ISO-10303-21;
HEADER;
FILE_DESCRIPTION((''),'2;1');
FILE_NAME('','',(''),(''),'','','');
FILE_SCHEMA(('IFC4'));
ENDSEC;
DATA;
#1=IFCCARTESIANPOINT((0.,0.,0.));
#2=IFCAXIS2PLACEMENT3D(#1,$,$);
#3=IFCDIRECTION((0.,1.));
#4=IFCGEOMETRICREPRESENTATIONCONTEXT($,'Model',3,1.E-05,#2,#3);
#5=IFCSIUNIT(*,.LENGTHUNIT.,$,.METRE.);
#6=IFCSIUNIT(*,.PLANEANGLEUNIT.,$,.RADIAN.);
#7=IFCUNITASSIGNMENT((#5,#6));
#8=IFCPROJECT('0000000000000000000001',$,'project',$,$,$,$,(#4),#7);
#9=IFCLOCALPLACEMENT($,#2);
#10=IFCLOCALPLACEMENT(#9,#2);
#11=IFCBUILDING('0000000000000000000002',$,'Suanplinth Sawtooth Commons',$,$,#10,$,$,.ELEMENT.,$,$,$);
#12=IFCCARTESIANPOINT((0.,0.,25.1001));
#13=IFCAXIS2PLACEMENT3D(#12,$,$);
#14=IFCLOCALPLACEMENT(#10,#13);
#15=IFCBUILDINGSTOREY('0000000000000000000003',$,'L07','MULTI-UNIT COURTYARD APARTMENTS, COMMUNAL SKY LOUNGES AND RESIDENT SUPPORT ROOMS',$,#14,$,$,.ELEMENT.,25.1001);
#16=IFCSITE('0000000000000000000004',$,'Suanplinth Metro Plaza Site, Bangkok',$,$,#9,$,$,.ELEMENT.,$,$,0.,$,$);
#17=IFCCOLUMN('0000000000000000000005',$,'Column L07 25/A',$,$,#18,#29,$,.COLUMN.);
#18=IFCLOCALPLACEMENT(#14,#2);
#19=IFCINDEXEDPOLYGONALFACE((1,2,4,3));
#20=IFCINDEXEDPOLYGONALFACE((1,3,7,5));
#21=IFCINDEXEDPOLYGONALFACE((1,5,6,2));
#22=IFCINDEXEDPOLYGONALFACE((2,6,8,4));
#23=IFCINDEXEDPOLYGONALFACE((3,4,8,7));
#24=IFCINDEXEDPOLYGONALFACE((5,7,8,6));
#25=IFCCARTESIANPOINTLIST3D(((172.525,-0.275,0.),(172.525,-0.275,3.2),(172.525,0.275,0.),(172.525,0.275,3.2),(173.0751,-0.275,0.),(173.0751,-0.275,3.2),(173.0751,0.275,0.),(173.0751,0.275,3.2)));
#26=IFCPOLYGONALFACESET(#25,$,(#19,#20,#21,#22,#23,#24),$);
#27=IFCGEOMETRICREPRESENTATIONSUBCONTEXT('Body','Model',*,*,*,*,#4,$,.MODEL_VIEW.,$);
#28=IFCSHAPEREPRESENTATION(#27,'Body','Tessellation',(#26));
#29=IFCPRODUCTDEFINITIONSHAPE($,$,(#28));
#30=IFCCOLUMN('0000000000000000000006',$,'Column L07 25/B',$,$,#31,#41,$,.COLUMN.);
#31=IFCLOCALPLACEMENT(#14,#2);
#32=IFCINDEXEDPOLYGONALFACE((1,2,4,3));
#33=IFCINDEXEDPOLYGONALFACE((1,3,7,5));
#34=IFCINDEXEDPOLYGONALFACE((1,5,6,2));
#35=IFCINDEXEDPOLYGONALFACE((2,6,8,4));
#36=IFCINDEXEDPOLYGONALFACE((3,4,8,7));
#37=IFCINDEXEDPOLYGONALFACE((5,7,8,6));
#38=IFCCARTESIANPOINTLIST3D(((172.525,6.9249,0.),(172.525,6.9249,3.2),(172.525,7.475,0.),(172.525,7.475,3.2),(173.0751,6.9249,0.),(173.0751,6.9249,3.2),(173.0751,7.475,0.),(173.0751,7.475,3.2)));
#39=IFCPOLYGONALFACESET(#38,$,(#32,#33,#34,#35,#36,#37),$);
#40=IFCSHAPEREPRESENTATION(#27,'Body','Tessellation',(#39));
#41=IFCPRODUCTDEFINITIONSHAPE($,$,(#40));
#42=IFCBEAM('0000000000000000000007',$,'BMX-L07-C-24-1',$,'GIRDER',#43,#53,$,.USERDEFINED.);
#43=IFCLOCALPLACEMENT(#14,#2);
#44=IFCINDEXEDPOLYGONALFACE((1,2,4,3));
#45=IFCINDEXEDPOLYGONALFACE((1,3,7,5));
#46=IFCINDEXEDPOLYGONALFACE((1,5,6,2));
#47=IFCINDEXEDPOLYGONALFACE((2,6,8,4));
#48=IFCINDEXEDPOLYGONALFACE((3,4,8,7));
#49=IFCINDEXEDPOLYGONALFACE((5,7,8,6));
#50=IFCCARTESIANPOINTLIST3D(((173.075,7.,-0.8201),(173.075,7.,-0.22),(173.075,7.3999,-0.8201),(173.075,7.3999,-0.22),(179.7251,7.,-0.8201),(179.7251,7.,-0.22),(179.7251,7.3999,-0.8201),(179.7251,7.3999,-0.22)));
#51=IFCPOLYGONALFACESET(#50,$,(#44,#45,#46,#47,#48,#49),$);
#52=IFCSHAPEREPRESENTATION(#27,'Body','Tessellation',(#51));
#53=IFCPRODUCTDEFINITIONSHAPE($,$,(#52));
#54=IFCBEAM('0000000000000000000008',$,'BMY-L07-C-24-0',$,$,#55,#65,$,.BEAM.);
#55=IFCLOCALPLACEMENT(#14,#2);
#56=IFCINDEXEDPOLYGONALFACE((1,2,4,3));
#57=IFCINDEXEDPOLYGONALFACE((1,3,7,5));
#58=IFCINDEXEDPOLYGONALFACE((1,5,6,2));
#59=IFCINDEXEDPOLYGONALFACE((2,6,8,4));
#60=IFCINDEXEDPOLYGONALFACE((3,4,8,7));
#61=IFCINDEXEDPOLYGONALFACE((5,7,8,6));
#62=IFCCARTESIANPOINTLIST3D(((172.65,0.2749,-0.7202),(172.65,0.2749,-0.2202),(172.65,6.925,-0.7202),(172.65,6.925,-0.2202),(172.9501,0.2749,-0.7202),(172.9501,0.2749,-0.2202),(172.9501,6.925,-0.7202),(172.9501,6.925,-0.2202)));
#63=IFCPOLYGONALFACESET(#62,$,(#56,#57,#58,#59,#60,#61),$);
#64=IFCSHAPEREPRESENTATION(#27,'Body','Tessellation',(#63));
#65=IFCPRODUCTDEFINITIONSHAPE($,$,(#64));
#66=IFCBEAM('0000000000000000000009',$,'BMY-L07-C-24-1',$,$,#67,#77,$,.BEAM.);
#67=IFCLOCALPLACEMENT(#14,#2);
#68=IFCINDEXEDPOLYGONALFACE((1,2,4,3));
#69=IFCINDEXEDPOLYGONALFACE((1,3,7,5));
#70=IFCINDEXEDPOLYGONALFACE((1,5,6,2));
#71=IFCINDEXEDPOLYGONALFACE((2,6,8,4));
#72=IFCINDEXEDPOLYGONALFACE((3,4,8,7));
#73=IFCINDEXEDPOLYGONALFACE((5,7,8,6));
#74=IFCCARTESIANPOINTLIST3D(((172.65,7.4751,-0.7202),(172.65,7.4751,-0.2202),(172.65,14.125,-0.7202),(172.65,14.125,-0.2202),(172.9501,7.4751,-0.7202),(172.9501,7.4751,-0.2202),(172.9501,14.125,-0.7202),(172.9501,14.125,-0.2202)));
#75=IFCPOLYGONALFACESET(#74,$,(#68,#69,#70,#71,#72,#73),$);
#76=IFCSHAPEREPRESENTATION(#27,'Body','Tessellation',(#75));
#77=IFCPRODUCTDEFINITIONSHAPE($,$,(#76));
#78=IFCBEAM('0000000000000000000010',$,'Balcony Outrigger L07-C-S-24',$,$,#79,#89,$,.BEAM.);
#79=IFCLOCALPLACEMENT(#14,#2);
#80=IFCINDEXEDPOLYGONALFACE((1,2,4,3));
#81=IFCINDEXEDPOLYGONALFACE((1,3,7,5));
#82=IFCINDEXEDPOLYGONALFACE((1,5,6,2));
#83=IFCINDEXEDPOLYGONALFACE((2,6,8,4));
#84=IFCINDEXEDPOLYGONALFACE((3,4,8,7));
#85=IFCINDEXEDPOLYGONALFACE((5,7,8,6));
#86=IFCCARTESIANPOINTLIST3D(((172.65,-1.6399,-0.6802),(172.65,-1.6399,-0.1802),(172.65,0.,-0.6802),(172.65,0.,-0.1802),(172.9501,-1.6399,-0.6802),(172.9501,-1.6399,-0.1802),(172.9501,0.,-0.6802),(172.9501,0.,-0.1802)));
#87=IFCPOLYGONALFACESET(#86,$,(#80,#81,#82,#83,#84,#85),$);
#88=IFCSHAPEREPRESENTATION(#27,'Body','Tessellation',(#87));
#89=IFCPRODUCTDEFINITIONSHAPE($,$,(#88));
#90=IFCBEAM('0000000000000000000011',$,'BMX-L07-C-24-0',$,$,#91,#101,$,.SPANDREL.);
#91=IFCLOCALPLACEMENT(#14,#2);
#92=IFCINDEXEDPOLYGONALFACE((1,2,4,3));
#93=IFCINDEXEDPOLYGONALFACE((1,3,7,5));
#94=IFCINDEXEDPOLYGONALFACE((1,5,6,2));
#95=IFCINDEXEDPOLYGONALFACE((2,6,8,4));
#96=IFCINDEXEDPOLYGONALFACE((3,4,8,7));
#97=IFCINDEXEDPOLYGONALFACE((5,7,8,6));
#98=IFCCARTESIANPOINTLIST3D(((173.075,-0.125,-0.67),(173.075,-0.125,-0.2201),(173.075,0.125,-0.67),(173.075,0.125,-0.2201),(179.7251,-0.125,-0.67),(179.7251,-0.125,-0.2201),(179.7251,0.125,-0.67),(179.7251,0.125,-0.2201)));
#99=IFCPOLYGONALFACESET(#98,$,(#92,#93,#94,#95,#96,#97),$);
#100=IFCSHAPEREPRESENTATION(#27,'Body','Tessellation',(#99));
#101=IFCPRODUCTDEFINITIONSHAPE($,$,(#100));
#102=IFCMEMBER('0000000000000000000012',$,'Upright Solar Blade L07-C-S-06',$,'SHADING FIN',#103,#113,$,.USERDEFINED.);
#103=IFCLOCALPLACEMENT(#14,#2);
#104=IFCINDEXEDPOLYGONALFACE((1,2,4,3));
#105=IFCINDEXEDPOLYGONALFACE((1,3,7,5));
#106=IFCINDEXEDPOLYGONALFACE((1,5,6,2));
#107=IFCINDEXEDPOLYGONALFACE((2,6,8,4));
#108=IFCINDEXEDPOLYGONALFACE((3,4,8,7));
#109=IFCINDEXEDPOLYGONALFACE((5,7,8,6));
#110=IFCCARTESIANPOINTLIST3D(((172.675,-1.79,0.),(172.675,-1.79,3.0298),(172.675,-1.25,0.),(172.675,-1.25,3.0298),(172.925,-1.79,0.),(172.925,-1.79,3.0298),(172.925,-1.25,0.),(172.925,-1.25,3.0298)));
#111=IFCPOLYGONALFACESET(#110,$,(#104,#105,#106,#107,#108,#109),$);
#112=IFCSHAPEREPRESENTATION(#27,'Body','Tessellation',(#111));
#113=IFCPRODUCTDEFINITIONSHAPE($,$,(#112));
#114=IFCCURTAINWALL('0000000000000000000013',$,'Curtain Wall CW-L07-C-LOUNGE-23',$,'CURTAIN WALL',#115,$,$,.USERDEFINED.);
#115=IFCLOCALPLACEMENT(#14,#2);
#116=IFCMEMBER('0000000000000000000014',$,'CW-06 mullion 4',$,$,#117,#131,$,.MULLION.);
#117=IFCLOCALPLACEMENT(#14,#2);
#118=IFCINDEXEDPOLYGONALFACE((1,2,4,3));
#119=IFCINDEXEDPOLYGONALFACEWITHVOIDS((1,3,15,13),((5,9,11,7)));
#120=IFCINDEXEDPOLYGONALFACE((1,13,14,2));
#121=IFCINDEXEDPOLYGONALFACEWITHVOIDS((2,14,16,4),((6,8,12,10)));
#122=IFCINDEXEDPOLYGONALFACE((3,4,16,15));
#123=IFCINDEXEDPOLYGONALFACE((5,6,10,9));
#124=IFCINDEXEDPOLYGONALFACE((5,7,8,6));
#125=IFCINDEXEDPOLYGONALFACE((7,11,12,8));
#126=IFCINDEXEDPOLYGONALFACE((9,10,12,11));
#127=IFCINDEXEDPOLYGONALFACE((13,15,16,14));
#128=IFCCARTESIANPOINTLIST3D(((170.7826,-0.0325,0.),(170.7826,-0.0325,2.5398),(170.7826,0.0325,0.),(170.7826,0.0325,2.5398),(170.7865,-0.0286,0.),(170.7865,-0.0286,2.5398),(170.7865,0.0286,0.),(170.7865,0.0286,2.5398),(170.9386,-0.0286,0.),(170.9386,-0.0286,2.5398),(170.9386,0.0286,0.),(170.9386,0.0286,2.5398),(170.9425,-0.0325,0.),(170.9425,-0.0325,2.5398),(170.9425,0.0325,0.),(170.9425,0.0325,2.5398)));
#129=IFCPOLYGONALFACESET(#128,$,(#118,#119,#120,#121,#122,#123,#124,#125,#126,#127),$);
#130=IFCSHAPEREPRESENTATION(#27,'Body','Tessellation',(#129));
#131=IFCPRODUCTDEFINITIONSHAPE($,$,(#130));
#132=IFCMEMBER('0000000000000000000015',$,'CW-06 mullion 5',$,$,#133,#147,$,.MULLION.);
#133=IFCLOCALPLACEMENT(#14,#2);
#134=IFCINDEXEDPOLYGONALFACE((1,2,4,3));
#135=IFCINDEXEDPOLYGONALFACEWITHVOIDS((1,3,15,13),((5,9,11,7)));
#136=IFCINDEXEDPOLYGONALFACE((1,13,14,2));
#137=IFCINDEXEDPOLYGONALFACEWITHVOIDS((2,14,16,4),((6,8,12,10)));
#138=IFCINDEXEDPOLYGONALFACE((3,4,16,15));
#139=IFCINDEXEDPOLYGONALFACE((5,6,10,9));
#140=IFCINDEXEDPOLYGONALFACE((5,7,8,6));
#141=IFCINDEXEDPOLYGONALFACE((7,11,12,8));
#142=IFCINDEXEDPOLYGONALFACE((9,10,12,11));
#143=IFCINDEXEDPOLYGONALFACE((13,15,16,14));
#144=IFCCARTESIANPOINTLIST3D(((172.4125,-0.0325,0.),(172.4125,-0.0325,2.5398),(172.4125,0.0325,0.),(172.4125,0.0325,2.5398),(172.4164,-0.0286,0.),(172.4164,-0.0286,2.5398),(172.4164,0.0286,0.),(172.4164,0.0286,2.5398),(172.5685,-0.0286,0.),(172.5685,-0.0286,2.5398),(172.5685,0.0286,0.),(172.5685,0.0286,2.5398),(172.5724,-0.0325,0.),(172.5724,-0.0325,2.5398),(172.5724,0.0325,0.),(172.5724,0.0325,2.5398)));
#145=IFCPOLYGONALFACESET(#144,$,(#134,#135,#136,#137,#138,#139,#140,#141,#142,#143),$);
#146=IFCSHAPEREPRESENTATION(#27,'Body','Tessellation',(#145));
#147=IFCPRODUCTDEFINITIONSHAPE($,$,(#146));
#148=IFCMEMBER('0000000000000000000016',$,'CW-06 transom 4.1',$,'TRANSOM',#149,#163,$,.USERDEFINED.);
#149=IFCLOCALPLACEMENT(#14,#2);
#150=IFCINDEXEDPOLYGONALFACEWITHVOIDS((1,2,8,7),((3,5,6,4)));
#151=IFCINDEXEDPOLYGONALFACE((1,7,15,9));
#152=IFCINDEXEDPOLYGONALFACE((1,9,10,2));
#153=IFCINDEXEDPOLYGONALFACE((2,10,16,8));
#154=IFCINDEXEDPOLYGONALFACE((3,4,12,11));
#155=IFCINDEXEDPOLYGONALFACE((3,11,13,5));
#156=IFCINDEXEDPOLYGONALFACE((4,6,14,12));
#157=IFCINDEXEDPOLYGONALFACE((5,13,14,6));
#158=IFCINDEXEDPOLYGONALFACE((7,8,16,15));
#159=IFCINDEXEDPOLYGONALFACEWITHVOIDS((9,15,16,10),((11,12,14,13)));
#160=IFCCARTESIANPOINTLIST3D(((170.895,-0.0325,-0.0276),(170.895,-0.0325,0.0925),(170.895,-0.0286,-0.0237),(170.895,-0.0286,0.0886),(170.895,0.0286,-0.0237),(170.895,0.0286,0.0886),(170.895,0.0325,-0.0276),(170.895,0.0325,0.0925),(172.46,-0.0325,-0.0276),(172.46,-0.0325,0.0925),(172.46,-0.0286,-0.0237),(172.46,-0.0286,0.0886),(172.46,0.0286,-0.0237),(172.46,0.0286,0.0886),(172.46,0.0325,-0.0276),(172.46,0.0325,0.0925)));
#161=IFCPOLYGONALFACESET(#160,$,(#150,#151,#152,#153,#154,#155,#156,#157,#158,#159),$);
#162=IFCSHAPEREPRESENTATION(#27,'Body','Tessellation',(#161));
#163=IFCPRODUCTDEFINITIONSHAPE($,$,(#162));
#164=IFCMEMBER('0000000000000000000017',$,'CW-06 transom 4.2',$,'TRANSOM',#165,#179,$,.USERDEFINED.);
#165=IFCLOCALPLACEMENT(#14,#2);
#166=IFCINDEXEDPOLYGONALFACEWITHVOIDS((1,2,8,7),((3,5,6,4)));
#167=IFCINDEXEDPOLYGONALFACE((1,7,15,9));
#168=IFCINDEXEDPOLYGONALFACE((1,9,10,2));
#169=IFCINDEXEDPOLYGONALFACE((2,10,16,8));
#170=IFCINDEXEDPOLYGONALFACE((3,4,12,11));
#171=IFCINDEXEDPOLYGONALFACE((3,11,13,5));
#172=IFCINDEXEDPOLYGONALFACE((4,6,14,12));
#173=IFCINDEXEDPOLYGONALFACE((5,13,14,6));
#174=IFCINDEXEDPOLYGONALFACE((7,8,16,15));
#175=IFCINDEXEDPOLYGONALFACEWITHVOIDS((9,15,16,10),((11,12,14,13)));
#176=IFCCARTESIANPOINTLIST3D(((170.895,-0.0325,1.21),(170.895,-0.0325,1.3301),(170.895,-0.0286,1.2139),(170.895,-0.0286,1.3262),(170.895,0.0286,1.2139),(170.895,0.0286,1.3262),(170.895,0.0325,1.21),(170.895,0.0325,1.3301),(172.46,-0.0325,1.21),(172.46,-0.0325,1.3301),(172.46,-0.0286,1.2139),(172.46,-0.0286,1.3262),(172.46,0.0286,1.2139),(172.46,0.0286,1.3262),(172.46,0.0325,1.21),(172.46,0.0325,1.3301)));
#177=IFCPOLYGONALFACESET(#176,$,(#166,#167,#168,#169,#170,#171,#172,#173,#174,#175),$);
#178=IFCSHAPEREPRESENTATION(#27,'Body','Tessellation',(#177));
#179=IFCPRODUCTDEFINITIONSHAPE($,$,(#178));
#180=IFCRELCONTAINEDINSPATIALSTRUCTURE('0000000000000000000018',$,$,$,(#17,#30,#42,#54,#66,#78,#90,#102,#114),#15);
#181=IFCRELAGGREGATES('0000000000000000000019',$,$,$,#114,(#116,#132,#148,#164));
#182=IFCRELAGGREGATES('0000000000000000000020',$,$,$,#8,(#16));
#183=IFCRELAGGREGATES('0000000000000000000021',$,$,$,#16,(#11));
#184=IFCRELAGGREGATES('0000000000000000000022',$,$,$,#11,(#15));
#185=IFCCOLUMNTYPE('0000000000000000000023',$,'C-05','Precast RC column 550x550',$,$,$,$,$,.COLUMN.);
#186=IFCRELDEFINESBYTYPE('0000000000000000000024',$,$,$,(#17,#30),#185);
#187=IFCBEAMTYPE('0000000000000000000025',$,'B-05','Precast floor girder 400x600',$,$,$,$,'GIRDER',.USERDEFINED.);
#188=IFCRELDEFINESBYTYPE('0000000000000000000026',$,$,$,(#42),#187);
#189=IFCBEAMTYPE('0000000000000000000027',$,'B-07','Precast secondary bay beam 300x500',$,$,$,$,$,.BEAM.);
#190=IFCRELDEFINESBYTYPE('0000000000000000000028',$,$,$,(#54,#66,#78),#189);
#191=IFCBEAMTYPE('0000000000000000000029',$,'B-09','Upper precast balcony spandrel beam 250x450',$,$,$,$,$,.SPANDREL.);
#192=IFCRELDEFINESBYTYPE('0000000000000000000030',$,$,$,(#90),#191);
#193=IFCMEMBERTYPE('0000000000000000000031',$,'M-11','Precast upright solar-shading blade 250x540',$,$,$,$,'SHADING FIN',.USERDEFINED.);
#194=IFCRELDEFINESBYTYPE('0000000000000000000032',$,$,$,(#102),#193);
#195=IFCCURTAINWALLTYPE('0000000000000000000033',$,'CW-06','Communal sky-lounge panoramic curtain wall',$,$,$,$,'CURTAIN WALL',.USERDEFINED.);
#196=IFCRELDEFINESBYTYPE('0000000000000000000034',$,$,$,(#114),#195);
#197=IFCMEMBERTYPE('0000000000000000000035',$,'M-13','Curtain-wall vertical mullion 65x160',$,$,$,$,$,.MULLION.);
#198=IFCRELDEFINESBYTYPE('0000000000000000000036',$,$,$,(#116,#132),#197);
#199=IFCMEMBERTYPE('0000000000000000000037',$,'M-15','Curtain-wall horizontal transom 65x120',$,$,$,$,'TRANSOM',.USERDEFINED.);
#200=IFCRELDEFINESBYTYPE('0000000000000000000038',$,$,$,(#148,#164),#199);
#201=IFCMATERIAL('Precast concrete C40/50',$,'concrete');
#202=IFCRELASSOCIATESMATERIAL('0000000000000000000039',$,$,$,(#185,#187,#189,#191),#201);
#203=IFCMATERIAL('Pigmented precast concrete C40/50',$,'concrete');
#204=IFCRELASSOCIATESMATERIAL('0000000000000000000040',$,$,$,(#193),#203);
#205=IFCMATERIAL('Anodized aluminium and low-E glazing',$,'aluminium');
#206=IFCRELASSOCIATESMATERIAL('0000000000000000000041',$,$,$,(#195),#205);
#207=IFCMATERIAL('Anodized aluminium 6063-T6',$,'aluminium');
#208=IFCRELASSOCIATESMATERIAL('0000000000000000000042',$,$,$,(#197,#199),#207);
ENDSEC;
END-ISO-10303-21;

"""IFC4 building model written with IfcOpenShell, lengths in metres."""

from ifc_helpers import new_model, si_unit, direction, frame, origin, origin_2d, place, context, subcontext, project, spatial, rectangle, hollow_rectangle, extrude, material, material_profile, profile_set, type_object, element, aggregate, save


model = new_model("IFC4")

# Units and contexts
model_context = context("Model", 3, precision=1e-05, world=origin(), true_north=direction((0.0, 1.0)))
body_context = subcontext(model_context, "Body", "Model", "MODEL_VIEW")
ifc_project = project(units=[si_unit("LENGTHUNIT", "METRE"), si_unit("PLANEANGLEUNIT", "RADIAN")], contexts=[model_context])

# Site, building, storey
site_placement = place(None, origin())
site = spatial("IfcSite", under=ifc_project, at=site_placement, Name="Suanplinth Metro Plaza Site, Bangkok", CompositionType="ELEMENT", RefElevation=0.0)
building_placement = place(site_placement, origin())
building = spatial("IfcBuilding", under=site, at=building_placement, Name="Suanplinth Sawtooth Commons", CompositionType="ELEMENT")
storey_placement = place(building_placement, frame((0.0, 0.0, 25.1001)))
storey = spatial("IfcBuildingStorey", under=building, at=storey_placement, Name="L07", Description="MULTI-UNIT COURTYARD APARTMENTS, COMMUNAL SKY LOUNGES AND RESIDENT SUPPORT ROOMS", CompositionType="ELEMENT", Elevation=25.1001)

# Columns
ifc_material_1 = material(Name="Precast concrete C40/50", Category="concrete")
ifc_material_profile_1 = material_profile(ifc_material_1, rectangle(XDim=0.55, YDim=0.55, at=origin_2d()), Name="PC-COL 550x550")
ifc_profile_set_1 = profile_set([ifc_material_profile_1], Name="Precast concrete C40/50")
column_type = type_object("IfcColumnType", Name="C-05", Description="Precast RC column 550x550", PredefinedType="COLUMN", material=ifc_profile_set_1)
for number, where, z_axis, x_axis, name in (
    (1, (172.8, 0.0, 0.0), (0.0, 0.0, 1.0), (1.0, 0.0, 0.0), "Column L07 25/A"),
    (2, (172.8, 7.2, 0.0), (0.0, 0.0, 1.0), (1.0, 0.0, 0.0), "Column L07 25/B"),
):
    element("IfcColumn", number, at=place(storey_placement, frame(where, z_axis=z_axis, x_axis=x_axis)), inside=storey, type_object=column_type, Name=name, PredefinedType="COLUMN", context=body_context, shape_type="SweptSolid", body=[
        extrude(rectangle(XDim=0.55, YDim=0.55, at=origin_2d()), origin(), (0.0, 0.0, 1.0), 3.2),
    ])

# Beams
ifc_material_profile_2 = material_profile(ifc_material_1, rectangle(XDim=0.3999, YDim=0.6001, at=origin_2d()), Name="PC-GDR 400x600")
ifc_profile_set_2 = profile_set([ifc_material_profile_2], Name="Precast concrete C40/50")
beam_type_1 = type_object("IfcBeamType", Name="B-05", Description="Precast floor girder 400x600", ElementType="GIRDER", PredefinedType="USERDEFINED", material=ifc_profile_set_2)
beam_1_placement = place(storey_placement, frame((173.075, 7.2, -0.52), z_axis=(1.0, 0.0, 0.0), x_axis=(0.0, 1.0, 0.0)))
element("IfcBeam", 3, at=beam_1_placement, inside=storey, type_object=beam_type_1, Name="BMX-L07-C-24-1", ObjectType="GIRDER", PredefinedType="USERDEFINED", context=body_context, shape_type="SweptSolid", body=[
    extrude(rectangle(XDim=0.3999, YDim=0.6001, at=origin_2d()), origin(), (0.0, 0.0, 1.0), 6.6501),
])
ifc_material_profile_3 = material_profile(ifc_material_1, rectangle(XDim=0.3, YDim=0.5, at=origin_2d()), Name="PC-BM 300x500")
ifc_profile_set_3 = profile_set([ifc_material_profile_3], Name="Precast concrete C40/50")
beam_type_2 = type_object("IfcBeamType", Name="B-07", Description="Precast secondary bay beam 300x500", PredefinedType="BEAM", material=ifc_profile_set_3)
beam_2_placement = place(storey_placement, frame((172.8, 0.2749, -0.4702), z_axis=(0.0, 1.0, 0.0), x_axis=(-1.0, 0.0, 0.0)))
element("IfcBeam", 4, at=beam_2_placement, inside=storey, type_object=beam_type_2, Name="BMY-L07-C-24-0", PredefinedType="BEAM", context=body_context, shape_type="SweptSolid", body=[
    extrude(rectangle(XDim=0.3, YDim=0.5, at=origin_2d()), origin(), (0.0, 0.0, 1.0), 6.6501),
])
beam_3_placement = place(storey_placement, frame((172.8, 7.4751, -0.4702), z_axis=(0.0, 1.0, 0.0), x_axis=(-1.0, 0.0, 0.0)))
element("IfcBeam", 5, at=beam_3_placement, inside=storey, type_object=beam_type_2, Name="BMY-L07-C-24-1", PredefinedType="BEAM", context=body_context, shape_type="SweptSolid", body=[
    extrude(rectangle(XDim=0.3, YDim=0.5, at=origin_2d()), origin(), (0.0, 0.0, 1.0), 6.6499),
])
beam_4_placement = place(storey_placement, frame((172.8, 0.0, -0.4302), z_axis=(0.0, -1.0, 0.0), x_axis=(1.0, 0.0, 0.0)))
element("IfcBeam", 6, at=beam_4_placement, inside=storey, type_object=beam_type_2, Name="Balcony Outrigger L07-C-S-24", PredefinedType="BEAM", context=body_context, shape_type="SweptSolid", body=[
    extrude(rectangle(XDim=0.3, YDim=0.5, at=origin_2d()), origin(), (0.0, 0.0, 1.0), 1.6399),
])
ifc_material_profile_4 = material_profile(ifc_material_1, rectangle(XDim=0.25, YDim=0.45, at=origin_2d()), Name="PC-SP 250x450")
ifc_profile_set_4 = profile_set([ifc_material_profile_4], Name="Precast concrete C40/50")
beam_type_3 = type_object("IfcBeamType", Name="B-09", Description="Upper precast balcony spandrel beam 250x450", PredefinedType="SPANDREL", material=ifc_profile_set_4)
beam_5_placement = place(storey_placement, frame((173.075, 0.0, -0.4451), z_axis=(1.0, 0.0, 0.0), x_axis=(0.0, 1.0, 0.0)))
element("IfcBeam", 7, at=beam_5_placement, inside=storey, type_object=beam_type_3, Name="BMX-L07-C-24-0", PredefinedType="SPANDREL", context=body_context, shape_type="SweptSolid", body=[
    extrude(rectangle(XDim=0.25, YDim=0.45, at=origin_2d()), origin(), (0.0, 0.0, 1.0), 6.6501),
])

# Member
ifc_material_2 = material(Name="Pigmented precast concrete C40/50", Category="concrete")
ifc_material_profile_5 = material_profile(ifc_material_2, rectangle(XDim=0.25, YDim=0.54, at=origin_2d()), Name="PC-FIN 250x540")
ifc_profile_set_5 = profile_set([ifc_material_profile_5], Name="Pigmented precast concrete C40/50")
member_type_1 = type_object("IfcMemberType", Name="M-11", Description="Precast upright solar-shading blade 250x540", ElementType="SHADING FIN", PredefinedType="USERDEFINED", material=ifc_profile_set_5)
member_1_placement = place(storey_placement, frame((172.8, -1.52, 0.0), z_axis=(0.0, 0.0, 1.0), x_axis=(1.0, 0.0, 0.0)))
element("IfcMember", 8, at=member_1_placement, inside=storey, type_object=member_type_1, Name="Upright Solar Blade L07-C-S-06", ObjectType="SHADING FIN", PredefinedType="USERDEFINED", context=body_context, shape_type="SweptSolid", body=[
    extrude(rectangle(XDim=0.25, YDim=0.54, at=origin_2d()), origin(), (0.0, 0.0, 1.0), 3.0298),
])

# Curtain wall, members
ifc_material_3 = material(Name="Anodized aluminium and low-E glazing", Category="aluminium")
curtain_wall_type = type_object("IfcCurtainWallType", Name="CW-06", Description="Communal sky-lounge panoramic curtain wall", ElementType="CURTAIN WALL", PredefinedType="USERDEFINED", material=ifc_material_3)
curtain_wall_placement = place(storey_placement, origin())
curtain_wall = element("IfcCurtainWall", 9, at=curtain_wall_placement, inside=storey, type_object=curtain_wall_type, Name="Curtain Wall CW-L07-C-LOUNGE-23", ObjectType="CURTAIN WALL", PredefinedType="USERDEFINED")
ifc_material_4 = material(Name="Anodized aluminium 6063-T6", Category="aluminium")
ifc_material_profile_6 = material_profile(ifc_material_4, hollow_rectangle(XDim=0.0649, YDim=0.1599, WallThickness=0.0039, at=origin_2d()), Name="ALU-MUL 65x160")
ifc_profile_set_6 = profile_set([ifc_material_profile_6], Name="Anodized aluminium 6063-T6")
member_type_2 = type_object("IfcMemberType", Name="M-13", Description="Curtain-wall vertical mullion 65x160", PredefinedType="MULLION", material=ifc_profile_set_6)
member_2_placement = place(storey_placement, frame((170.8625, 0.0, 0.0), z_axis=(0.0, 0.0, 1.0), x_axis=(0.0, 1.0, 0.0)))
member_2 = element("IfcMember", 10, at=member_2_placement, type_object=member_type_2, Name="CW-06 mullion 4", PredefinedType="MULLION", context=body_context, shape_type="SweptSolid", body=[
    extrude(hollow_rectangle(XDim=0.0649, YDim=0.1599, WallThickness=0.0039, at=origin_2d()), origin(), (0.0, 0.0, 1.0), 2.5398),
])
member_3_placement = place(storey_placement, frame((172.4924, 0.0, 0.0), z_axis=(0.0, 0.0, 1.0), x_axis=(0.0, 1.0, 0.0)))
member_3 = element("IfcMember", 11, at=member_3_placement, type_object=member_type_2, Name="CW-06 mullion 5", PredefinedType="MULLION", context=body_context, shape_type="SweptSolid", body=[
    extrude(hollow_rectangle(XDim=0.0649, YDim=0.1599, WallThickness=0.0039, at=origin_2d()), origin(), (0.0, 0.0, 1.0), 2.5398),
])
ifc_material_profile_7 = material_profile(ifc_material_4, hollow_rectangle(XDim=0.0649, YDim=0.1201, WallThickness=0.0039, at=origin_2d()), Name="ALU-TRN 65x120")
ifc_profile_set_7 = profile_set([ifc_material_profile_7], Name="Anodized aluminium 6063-T6")
member_type_3 = type_object("IfcMemberType", Name="M-15", Description="Curtain-wall horizontal transom 65x120", ElementType="TRANSOM", PredefinedType="USERDEFINED", material=ifc_profile_set_7)
member_4_placement = place(storey_placement, frame((170.895, 0.0, 0.0325), z_axis=(1.0, 0.0, 0.0), x_axis=(0.0, 1.0, 0.0)))
member_4 = element("IfcMember", 12, at=member_4_placement, type_object=member_type_3, Name="CW-06 transom 4.1", ObjectType="TRANSOM", PredefinedType="USERDEFINED", context=body_context, shape_type="SweptSolid", body=[
    extrude(hollow_rectangle(XDim=0.0649, YDim=0.1201, WallThickness=0.0039, at=origin_2d()), origin(), (0.0, 0.0, 1.0), 1.5649),
])
member_5_placement = place(storey_placement, frame((170.895, 0.0, 1.27), z_axis=(1.0, 0.0, 0.0), x_axis=(0.0, 1.0, 0.0)))
member_5 = element("IfcMember", 13, at=member_5_placement, type_object=member_type_3, Name="CW-06 transom 4.2", ObjectType="TRANSOM", PredefinedType="USERDEFINED", context=body_context, shape_type="SweptSolid", body=[
    extrude(hollow_rectangle(XDim=0.0649, YDim=0.1201, WallThickness=0.0039, at=origin_2d()), origin(), (0.0, 0.0, 1.0), 1.5649),
])
aggregate(curtain_wall, [member_2, member_3, member_4, member_5])

save(model, "model.ifc")
